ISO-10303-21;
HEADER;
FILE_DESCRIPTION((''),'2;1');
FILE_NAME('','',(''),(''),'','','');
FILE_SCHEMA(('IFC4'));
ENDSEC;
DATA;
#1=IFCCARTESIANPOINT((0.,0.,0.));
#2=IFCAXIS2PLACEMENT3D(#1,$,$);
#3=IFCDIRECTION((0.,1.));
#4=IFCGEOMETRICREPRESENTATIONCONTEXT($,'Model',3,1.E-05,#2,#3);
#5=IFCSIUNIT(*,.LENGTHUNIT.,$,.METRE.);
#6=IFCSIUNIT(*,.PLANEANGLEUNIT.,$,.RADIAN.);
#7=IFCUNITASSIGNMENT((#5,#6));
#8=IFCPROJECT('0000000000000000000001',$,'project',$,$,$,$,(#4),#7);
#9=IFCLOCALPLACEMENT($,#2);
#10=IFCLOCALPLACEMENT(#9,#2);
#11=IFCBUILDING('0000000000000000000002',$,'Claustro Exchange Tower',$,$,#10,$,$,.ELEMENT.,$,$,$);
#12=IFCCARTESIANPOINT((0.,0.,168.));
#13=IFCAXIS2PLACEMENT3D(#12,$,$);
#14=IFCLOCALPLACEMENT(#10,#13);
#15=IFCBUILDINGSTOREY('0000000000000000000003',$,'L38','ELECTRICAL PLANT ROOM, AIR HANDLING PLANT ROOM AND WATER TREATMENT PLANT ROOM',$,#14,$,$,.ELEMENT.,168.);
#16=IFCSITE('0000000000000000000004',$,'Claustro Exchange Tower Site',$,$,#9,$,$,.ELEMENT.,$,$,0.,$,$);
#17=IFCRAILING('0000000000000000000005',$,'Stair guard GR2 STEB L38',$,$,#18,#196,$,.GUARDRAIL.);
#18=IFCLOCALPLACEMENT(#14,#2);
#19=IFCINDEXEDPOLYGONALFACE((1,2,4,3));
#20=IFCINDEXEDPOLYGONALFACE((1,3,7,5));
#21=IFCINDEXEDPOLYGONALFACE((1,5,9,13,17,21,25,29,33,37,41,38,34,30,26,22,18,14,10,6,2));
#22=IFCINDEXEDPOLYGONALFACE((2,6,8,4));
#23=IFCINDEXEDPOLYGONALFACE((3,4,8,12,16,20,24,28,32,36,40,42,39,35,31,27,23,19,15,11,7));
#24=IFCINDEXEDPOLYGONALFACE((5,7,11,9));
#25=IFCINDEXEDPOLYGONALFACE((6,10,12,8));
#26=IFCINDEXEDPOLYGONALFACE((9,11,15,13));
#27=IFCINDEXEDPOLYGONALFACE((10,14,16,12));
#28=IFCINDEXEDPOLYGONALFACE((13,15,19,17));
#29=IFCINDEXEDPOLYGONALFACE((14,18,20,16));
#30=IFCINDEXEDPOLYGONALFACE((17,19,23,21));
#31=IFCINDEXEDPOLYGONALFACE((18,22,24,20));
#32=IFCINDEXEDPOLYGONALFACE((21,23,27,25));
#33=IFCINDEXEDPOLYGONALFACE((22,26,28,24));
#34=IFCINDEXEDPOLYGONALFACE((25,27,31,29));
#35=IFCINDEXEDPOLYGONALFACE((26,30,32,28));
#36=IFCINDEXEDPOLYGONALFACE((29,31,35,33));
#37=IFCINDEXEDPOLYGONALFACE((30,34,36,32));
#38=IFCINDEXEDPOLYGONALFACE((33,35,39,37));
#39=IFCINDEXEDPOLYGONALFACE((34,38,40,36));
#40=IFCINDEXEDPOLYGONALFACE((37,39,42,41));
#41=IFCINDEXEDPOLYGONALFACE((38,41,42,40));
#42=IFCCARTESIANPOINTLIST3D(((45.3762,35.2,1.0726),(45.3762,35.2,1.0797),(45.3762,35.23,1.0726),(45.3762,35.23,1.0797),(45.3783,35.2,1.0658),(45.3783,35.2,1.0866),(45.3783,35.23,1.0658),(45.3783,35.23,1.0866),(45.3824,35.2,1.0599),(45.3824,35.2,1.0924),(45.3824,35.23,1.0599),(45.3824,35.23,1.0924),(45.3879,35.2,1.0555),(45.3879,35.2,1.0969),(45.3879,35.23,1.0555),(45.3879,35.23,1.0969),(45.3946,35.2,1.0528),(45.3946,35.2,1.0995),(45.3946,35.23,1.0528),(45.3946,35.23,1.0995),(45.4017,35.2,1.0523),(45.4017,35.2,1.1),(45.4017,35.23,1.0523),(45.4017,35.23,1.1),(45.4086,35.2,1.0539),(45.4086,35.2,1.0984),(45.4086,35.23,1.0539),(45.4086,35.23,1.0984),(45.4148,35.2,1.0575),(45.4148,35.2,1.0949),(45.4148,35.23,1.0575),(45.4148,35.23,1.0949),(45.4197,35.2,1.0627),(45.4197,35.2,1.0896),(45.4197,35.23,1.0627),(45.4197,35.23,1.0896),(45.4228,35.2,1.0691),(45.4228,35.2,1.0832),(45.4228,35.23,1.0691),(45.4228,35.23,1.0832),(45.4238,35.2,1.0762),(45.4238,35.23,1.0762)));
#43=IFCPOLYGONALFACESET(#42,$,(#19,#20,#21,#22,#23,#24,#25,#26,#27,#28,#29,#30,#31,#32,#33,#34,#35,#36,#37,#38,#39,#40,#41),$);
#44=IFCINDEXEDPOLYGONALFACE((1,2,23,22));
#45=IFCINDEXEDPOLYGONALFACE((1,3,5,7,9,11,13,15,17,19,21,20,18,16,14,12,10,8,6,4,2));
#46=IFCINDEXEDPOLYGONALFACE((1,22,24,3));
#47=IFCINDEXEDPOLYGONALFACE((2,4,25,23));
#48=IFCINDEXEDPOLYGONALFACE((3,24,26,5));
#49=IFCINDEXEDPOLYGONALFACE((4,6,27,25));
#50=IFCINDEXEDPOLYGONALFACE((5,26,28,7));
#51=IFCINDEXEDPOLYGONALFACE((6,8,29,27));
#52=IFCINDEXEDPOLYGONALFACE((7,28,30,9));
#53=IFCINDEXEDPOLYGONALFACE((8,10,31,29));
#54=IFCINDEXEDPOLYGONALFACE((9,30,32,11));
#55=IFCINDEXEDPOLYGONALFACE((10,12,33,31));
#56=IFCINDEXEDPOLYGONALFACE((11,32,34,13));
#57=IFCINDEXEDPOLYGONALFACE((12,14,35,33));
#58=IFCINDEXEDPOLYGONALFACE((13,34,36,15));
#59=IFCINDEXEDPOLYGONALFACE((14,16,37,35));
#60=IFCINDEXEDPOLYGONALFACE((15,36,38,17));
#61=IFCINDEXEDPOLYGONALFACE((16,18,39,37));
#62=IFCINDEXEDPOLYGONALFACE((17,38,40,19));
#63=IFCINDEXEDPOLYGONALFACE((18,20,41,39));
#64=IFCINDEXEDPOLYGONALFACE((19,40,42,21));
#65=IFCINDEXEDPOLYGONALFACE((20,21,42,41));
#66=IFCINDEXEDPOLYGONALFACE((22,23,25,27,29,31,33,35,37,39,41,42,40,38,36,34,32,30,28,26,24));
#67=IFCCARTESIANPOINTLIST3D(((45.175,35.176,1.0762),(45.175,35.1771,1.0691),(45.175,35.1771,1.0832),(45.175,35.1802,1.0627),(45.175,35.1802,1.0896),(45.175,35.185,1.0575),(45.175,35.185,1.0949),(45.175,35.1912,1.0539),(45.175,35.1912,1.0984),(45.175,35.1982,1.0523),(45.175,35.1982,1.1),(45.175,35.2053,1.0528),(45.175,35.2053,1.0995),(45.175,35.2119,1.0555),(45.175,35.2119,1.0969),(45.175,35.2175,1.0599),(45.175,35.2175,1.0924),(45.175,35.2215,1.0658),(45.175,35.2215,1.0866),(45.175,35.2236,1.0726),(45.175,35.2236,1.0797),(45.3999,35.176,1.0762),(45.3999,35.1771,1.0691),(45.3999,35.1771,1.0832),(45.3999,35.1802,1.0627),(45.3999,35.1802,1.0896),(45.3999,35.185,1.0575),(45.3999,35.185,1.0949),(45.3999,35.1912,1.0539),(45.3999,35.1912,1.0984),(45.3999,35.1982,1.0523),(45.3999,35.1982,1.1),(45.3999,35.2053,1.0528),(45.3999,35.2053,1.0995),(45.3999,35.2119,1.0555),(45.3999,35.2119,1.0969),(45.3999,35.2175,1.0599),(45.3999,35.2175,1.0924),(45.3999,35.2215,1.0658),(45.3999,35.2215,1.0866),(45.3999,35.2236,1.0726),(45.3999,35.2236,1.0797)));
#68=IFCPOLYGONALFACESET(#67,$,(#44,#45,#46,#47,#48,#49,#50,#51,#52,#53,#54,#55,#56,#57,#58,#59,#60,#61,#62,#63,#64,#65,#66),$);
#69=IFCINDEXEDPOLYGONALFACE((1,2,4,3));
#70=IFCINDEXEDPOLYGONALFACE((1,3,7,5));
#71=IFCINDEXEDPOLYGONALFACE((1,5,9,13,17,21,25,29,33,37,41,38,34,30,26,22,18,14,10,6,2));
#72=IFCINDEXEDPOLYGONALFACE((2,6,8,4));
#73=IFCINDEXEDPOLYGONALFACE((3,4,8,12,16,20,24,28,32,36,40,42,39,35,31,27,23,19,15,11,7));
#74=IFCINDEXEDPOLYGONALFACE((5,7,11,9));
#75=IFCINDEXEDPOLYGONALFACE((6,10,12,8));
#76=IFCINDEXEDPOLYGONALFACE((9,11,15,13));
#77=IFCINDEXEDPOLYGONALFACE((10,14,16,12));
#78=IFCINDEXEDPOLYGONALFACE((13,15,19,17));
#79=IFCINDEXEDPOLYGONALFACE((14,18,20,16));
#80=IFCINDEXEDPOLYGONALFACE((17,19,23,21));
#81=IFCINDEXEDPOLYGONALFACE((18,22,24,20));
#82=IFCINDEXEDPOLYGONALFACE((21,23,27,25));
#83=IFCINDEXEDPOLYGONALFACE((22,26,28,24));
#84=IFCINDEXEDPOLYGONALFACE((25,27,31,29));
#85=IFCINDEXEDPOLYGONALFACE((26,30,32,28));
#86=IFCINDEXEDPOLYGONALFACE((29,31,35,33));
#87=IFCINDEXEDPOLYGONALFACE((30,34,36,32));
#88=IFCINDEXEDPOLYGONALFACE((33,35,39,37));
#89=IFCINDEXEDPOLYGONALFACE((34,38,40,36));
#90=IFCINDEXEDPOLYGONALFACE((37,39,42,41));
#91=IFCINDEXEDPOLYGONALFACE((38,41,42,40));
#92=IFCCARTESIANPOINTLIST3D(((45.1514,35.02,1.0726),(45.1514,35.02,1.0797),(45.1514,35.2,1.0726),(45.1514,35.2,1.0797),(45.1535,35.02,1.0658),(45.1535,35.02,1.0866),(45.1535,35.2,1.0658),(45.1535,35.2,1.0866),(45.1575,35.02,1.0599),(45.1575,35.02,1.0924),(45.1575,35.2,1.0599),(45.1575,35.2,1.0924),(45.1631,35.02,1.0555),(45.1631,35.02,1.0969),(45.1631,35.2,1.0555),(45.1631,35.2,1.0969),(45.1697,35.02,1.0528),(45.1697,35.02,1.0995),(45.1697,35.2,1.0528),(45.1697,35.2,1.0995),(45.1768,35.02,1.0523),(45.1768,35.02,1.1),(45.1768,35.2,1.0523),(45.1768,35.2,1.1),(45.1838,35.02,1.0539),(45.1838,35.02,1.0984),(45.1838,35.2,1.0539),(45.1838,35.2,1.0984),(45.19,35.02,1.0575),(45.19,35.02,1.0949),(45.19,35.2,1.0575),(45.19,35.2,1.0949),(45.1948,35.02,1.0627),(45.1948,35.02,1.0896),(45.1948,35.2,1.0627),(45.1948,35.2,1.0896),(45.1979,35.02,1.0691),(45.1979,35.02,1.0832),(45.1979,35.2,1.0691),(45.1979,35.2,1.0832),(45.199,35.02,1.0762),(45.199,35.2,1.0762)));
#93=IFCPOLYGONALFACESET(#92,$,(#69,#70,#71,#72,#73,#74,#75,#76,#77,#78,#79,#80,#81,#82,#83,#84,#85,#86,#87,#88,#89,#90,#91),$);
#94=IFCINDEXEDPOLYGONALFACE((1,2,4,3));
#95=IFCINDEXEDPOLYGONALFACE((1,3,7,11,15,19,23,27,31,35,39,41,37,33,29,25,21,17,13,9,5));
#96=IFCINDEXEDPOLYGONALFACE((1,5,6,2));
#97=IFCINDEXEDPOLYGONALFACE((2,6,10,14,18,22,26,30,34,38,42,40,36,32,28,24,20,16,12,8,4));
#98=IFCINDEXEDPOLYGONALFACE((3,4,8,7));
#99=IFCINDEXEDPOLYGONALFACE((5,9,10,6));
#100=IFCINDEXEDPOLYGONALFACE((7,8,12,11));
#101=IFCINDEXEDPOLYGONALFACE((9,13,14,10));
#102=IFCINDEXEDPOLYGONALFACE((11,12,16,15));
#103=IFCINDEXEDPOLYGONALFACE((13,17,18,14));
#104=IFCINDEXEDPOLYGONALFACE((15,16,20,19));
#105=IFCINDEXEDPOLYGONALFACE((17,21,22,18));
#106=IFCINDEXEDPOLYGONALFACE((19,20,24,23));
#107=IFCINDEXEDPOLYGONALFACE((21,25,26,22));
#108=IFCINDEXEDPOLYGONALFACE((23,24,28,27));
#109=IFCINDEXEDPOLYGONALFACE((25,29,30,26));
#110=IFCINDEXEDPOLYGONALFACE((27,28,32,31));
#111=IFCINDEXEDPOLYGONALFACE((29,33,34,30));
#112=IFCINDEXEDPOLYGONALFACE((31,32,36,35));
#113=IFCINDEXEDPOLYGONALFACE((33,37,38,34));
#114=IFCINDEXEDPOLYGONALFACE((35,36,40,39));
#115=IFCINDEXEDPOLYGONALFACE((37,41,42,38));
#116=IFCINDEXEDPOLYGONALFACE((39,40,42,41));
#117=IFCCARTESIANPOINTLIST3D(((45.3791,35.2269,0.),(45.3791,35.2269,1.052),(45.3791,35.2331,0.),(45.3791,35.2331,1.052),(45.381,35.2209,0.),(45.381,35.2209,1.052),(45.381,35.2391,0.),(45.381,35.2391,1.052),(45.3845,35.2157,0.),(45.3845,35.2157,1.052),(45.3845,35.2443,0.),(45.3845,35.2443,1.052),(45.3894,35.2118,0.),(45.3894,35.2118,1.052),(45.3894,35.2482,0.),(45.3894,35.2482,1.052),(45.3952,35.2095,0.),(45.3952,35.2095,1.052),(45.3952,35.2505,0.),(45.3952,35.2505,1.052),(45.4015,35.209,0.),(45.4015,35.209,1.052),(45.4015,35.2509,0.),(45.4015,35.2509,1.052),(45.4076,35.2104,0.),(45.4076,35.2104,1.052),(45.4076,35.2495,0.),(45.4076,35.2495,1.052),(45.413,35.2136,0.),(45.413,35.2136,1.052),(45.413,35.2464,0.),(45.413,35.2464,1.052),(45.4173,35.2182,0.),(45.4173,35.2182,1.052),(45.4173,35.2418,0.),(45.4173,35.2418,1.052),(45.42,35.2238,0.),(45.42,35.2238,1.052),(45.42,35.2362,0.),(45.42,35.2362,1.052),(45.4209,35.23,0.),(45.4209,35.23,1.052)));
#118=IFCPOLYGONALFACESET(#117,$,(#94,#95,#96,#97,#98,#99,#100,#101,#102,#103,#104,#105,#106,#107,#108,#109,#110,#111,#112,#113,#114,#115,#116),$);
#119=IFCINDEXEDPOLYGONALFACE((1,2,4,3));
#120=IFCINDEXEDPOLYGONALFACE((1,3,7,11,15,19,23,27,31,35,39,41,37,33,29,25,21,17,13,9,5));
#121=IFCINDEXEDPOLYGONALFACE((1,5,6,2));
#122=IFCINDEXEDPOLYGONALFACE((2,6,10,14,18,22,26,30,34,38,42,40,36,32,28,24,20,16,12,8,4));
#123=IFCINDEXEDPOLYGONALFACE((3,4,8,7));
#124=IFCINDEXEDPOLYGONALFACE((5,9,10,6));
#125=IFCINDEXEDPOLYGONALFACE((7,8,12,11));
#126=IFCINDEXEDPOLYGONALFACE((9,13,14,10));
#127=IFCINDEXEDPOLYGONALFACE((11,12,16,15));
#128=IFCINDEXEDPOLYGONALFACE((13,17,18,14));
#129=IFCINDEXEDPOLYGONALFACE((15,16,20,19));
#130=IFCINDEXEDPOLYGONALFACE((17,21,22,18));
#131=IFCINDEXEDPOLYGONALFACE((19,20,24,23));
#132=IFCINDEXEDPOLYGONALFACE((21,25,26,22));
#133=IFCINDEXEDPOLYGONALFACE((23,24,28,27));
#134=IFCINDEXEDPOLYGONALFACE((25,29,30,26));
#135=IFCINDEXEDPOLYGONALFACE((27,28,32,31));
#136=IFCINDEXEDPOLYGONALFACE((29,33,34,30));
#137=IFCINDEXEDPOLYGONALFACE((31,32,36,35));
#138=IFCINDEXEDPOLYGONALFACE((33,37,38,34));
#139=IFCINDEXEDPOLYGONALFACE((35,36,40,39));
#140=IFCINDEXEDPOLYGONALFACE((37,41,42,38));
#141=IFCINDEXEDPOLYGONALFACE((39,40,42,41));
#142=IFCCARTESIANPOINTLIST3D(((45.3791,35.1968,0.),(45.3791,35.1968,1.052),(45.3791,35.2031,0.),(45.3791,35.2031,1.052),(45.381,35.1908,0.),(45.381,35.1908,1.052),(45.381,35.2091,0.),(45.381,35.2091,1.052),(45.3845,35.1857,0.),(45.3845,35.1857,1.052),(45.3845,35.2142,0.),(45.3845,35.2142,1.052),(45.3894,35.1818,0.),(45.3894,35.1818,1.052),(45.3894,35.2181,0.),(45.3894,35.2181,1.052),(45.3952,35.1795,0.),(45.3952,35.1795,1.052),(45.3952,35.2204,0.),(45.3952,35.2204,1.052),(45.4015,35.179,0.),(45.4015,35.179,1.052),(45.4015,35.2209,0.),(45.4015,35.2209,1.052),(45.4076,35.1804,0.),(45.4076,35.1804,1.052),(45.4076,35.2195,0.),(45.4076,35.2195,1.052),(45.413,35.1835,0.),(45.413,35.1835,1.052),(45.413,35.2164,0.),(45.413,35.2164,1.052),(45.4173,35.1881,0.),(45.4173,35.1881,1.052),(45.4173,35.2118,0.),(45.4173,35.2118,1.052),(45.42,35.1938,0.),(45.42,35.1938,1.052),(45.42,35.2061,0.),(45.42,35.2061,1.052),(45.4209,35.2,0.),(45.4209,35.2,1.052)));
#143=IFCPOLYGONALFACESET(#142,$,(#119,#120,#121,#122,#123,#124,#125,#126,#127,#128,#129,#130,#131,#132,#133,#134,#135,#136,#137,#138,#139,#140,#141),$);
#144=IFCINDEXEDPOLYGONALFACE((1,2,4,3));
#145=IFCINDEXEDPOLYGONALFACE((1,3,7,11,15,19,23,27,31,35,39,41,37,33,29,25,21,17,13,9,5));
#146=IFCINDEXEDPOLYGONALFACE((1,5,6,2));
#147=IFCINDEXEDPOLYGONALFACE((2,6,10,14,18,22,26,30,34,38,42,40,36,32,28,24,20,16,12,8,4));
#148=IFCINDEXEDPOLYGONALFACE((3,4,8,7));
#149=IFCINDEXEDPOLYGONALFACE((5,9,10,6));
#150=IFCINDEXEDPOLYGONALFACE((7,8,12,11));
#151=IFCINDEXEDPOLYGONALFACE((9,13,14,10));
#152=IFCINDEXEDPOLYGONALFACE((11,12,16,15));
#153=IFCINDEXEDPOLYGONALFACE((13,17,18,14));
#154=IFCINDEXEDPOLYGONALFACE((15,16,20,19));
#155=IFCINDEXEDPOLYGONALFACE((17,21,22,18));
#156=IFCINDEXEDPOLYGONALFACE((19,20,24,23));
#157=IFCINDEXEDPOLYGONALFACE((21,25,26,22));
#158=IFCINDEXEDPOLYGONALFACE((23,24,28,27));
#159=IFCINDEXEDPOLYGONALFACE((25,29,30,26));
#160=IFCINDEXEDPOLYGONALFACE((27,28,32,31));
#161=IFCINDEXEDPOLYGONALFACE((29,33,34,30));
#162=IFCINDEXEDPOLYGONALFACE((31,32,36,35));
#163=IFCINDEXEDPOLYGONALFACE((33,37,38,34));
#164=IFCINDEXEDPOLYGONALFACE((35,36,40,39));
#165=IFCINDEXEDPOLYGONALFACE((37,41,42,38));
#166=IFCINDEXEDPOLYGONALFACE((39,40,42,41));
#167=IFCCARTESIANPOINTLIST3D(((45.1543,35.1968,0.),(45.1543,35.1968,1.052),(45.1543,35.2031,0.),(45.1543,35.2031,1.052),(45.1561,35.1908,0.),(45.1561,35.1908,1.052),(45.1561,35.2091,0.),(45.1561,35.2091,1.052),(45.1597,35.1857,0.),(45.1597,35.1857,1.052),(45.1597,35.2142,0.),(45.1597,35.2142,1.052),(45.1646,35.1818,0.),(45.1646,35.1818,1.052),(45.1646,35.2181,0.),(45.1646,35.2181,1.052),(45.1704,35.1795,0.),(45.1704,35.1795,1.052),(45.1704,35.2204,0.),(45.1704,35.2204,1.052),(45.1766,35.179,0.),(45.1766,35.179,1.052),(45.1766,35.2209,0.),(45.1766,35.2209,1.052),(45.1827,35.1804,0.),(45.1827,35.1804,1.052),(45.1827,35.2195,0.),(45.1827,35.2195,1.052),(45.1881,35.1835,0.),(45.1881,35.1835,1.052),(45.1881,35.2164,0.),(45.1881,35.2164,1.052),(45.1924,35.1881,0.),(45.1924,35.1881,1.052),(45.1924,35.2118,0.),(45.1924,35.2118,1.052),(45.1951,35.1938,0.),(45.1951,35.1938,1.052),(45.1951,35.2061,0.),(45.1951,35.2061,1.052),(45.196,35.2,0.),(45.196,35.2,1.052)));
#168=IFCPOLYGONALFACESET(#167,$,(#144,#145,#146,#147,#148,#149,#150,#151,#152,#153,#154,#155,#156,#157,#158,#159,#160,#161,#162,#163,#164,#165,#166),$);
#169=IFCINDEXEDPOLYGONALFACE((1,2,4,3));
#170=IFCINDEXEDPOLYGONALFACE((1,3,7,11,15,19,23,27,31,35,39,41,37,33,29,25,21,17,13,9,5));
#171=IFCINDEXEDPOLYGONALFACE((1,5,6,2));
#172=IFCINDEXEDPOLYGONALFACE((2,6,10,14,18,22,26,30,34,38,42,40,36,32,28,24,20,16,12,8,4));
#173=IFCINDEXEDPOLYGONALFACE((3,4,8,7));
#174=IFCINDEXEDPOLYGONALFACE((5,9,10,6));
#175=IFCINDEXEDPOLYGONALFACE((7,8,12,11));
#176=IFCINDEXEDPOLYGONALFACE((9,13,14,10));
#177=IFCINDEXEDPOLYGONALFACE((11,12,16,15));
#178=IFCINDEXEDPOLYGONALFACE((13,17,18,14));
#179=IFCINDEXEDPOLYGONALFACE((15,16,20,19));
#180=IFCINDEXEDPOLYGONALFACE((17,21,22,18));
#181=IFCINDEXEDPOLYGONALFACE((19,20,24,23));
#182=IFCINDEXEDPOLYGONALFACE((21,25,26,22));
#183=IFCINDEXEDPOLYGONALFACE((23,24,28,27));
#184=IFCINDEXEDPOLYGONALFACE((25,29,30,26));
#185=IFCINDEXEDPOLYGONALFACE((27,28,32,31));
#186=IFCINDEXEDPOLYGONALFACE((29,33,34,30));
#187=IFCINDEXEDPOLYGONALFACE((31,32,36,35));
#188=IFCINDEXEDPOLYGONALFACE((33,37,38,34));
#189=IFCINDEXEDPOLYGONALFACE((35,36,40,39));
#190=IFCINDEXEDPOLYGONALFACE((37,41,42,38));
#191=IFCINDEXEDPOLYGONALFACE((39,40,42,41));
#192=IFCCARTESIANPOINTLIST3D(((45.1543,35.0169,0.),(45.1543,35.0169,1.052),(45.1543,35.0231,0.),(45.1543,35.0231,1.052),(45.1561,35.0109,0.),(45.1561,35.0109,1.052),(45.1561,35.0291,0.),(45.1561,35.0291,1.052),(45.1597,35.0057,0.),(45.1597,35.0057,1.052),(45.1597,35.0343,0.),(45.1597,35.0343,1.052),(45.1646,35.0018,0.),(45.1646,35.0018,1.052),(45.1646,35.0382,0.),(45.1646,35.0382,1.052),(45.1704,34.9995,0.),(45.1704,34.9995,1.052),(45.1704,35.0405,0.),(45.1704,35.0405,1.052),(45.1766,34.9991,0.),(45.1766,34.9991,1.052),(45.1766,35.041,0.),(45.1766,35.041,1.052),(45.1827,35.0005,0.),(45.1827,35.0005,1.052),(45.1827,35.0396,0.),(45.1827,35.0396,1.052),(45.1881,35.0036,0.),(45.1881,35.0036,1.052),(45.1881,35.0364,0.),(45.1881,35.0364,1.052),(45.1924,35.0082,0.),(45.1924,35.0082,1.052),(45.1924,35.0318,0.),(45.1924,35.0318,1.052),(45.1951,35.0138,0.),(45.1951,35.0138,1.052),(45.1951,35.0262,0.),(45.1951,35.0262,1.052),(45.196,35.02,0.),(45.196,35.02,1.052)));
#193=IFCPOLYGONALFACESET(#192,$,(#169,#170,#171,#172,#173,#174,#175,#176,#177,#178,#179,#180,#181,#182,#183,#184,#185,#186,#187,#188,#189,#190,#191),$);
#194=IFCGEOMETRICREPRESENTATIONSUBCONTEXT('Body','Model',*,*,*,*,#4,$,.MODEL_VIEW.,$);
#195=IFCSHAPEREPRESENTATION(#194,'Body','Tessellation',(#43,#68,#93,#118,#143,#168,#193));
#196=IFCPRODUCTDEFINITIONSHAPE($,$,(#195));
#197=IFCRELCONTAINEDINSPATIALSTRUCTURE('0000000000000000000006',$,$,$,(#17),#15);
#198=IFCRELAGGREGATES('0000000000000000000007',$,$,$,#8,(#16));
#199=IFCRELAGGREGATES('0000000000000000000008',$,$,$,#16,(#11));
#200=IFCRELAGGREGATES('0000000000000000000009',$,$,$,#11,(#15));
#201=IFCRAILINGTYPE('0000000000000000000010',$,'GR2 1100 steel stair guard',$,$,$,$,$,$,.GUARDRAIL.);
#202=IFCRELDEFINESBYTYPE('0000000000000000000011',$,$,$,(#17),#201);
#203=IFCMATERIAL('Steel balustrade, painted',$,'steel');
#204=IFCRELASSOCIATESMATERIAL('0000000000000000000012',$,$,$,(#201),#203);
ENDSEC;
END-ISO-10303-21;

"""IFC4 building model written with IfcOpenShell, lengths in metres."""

from ifc_helpers import new_model, si_unit, direction, frame, origin, origin_2d, place, context, subcontext, project, spatial, circle, extrude, material, type_object, element, save


model = new_model("IFC4")

# Units and contexts
model_context = context("Model", 3, precision=1e-05, world=origin(), true_north=direction((0.0, 1.0)))
body_context = subcontext(model_context, "Body", "Model", "MODEL_VIEW")
ifc_project = project(units=[si_unit("LENGTHUNIT", "METRE"), si_unit("PLANEANGLEUNIT", "RADIAN")], contexts=[model_context])

# Site, building, storey
site_placement = place(None, origin())
site = spatial("IfcSite", under=ifc_project, at=site_placement, Name="Claustro Exchange Tower Site", CompositionType="ELEMENT", RefElevation=0.0)
building_placement = place(site_placement, origin())
building = spatial("IfcBuilding", under=site, at=building_placement, Name="Claustro Exchange Tower", CompositionType="ELEMENT")
storey_placement = place(building_placement, frame((0.0, 0.0, 168.0)))
storey = spatial("IfcBuildingStorey", under=building, at=storey_placement, Name="L38", Description="ELECTRICAL PLANT ROOM, AIR HANDLING PLANT ROOM AND WATER TREATMENT PLANT ROOM", CompositionType="ELEMENT", Elevation=168.0)

# Railing
ifc_material_1 = material(Name="Steel balustrade, painted", Category="steel")
railing_type_1 = type_object("IfcRailingType", Name="GR2 1100 steel stair guard", PredefinedType="GUARDRAIL", material=ifc_material_1)
railing_1_placement = place(storey_placement, frame((45.3999, 35.23, 0.0)))
element("IfcRailing", 1, at=railing_1_placement, inside=storey, type_object=railing_type_1, Name="Stair guard GR2 STEB L38", PredefinedType="GUARDRAIL", context=body_context, shape_type="SweptSolid", body=[
    extrude(circle(Radius=0.0239, at=origin_2d()), frame((0.0, 0.0, 1.0762), z_axis=(0.0, -1.0, 0.0), x_axis=(1.0, 0.0, 0.0)), (0.0, 0.0, 1.0), 0.03),
    extrude(circle(Radius=0.0239, at=origin_2d()), frame((0.0, -0.03, 1.0762), z_axis=(-1.0, 0.0, 0.0), x_axis=(0.0, -1.0, 0.0)), (0.0, 0.0, 1.0), 0.2249),
    extrude(circle(Radius=0.0239, at=origin_2d()), frame((-0.2249, -0.03, 1.0762), z_axis=(0.0, -1.0, 0.0), x_axis=(1.0, 0.0, 0.0)), (0.0, 0.0, 1.0), 0.1799),
    extrude(circle(Radius=0.021, at=origin_2d()), origin(), (0.0, 0.0, 1.0), 1.052),
    extrude(circle(Radius=0.021, at=origin_2d()), frame((0.0, -0.03, 0.0)), (0.0, 0.0, 1.0), 1.052),
    extrude(circle(Radius=0.021, at=origin_2d()), frame((-0.2249, -0.03, 0.0)), (0.0, 0.0, 1.0), 1.052),
    extrude(circle(Radius=0.021, at=origin_2d()), frame((-0.2249, -0.21, 0.0)), (0.0, 0.0, 1.0), 1.052),
])

save(model, "model.ifc")
